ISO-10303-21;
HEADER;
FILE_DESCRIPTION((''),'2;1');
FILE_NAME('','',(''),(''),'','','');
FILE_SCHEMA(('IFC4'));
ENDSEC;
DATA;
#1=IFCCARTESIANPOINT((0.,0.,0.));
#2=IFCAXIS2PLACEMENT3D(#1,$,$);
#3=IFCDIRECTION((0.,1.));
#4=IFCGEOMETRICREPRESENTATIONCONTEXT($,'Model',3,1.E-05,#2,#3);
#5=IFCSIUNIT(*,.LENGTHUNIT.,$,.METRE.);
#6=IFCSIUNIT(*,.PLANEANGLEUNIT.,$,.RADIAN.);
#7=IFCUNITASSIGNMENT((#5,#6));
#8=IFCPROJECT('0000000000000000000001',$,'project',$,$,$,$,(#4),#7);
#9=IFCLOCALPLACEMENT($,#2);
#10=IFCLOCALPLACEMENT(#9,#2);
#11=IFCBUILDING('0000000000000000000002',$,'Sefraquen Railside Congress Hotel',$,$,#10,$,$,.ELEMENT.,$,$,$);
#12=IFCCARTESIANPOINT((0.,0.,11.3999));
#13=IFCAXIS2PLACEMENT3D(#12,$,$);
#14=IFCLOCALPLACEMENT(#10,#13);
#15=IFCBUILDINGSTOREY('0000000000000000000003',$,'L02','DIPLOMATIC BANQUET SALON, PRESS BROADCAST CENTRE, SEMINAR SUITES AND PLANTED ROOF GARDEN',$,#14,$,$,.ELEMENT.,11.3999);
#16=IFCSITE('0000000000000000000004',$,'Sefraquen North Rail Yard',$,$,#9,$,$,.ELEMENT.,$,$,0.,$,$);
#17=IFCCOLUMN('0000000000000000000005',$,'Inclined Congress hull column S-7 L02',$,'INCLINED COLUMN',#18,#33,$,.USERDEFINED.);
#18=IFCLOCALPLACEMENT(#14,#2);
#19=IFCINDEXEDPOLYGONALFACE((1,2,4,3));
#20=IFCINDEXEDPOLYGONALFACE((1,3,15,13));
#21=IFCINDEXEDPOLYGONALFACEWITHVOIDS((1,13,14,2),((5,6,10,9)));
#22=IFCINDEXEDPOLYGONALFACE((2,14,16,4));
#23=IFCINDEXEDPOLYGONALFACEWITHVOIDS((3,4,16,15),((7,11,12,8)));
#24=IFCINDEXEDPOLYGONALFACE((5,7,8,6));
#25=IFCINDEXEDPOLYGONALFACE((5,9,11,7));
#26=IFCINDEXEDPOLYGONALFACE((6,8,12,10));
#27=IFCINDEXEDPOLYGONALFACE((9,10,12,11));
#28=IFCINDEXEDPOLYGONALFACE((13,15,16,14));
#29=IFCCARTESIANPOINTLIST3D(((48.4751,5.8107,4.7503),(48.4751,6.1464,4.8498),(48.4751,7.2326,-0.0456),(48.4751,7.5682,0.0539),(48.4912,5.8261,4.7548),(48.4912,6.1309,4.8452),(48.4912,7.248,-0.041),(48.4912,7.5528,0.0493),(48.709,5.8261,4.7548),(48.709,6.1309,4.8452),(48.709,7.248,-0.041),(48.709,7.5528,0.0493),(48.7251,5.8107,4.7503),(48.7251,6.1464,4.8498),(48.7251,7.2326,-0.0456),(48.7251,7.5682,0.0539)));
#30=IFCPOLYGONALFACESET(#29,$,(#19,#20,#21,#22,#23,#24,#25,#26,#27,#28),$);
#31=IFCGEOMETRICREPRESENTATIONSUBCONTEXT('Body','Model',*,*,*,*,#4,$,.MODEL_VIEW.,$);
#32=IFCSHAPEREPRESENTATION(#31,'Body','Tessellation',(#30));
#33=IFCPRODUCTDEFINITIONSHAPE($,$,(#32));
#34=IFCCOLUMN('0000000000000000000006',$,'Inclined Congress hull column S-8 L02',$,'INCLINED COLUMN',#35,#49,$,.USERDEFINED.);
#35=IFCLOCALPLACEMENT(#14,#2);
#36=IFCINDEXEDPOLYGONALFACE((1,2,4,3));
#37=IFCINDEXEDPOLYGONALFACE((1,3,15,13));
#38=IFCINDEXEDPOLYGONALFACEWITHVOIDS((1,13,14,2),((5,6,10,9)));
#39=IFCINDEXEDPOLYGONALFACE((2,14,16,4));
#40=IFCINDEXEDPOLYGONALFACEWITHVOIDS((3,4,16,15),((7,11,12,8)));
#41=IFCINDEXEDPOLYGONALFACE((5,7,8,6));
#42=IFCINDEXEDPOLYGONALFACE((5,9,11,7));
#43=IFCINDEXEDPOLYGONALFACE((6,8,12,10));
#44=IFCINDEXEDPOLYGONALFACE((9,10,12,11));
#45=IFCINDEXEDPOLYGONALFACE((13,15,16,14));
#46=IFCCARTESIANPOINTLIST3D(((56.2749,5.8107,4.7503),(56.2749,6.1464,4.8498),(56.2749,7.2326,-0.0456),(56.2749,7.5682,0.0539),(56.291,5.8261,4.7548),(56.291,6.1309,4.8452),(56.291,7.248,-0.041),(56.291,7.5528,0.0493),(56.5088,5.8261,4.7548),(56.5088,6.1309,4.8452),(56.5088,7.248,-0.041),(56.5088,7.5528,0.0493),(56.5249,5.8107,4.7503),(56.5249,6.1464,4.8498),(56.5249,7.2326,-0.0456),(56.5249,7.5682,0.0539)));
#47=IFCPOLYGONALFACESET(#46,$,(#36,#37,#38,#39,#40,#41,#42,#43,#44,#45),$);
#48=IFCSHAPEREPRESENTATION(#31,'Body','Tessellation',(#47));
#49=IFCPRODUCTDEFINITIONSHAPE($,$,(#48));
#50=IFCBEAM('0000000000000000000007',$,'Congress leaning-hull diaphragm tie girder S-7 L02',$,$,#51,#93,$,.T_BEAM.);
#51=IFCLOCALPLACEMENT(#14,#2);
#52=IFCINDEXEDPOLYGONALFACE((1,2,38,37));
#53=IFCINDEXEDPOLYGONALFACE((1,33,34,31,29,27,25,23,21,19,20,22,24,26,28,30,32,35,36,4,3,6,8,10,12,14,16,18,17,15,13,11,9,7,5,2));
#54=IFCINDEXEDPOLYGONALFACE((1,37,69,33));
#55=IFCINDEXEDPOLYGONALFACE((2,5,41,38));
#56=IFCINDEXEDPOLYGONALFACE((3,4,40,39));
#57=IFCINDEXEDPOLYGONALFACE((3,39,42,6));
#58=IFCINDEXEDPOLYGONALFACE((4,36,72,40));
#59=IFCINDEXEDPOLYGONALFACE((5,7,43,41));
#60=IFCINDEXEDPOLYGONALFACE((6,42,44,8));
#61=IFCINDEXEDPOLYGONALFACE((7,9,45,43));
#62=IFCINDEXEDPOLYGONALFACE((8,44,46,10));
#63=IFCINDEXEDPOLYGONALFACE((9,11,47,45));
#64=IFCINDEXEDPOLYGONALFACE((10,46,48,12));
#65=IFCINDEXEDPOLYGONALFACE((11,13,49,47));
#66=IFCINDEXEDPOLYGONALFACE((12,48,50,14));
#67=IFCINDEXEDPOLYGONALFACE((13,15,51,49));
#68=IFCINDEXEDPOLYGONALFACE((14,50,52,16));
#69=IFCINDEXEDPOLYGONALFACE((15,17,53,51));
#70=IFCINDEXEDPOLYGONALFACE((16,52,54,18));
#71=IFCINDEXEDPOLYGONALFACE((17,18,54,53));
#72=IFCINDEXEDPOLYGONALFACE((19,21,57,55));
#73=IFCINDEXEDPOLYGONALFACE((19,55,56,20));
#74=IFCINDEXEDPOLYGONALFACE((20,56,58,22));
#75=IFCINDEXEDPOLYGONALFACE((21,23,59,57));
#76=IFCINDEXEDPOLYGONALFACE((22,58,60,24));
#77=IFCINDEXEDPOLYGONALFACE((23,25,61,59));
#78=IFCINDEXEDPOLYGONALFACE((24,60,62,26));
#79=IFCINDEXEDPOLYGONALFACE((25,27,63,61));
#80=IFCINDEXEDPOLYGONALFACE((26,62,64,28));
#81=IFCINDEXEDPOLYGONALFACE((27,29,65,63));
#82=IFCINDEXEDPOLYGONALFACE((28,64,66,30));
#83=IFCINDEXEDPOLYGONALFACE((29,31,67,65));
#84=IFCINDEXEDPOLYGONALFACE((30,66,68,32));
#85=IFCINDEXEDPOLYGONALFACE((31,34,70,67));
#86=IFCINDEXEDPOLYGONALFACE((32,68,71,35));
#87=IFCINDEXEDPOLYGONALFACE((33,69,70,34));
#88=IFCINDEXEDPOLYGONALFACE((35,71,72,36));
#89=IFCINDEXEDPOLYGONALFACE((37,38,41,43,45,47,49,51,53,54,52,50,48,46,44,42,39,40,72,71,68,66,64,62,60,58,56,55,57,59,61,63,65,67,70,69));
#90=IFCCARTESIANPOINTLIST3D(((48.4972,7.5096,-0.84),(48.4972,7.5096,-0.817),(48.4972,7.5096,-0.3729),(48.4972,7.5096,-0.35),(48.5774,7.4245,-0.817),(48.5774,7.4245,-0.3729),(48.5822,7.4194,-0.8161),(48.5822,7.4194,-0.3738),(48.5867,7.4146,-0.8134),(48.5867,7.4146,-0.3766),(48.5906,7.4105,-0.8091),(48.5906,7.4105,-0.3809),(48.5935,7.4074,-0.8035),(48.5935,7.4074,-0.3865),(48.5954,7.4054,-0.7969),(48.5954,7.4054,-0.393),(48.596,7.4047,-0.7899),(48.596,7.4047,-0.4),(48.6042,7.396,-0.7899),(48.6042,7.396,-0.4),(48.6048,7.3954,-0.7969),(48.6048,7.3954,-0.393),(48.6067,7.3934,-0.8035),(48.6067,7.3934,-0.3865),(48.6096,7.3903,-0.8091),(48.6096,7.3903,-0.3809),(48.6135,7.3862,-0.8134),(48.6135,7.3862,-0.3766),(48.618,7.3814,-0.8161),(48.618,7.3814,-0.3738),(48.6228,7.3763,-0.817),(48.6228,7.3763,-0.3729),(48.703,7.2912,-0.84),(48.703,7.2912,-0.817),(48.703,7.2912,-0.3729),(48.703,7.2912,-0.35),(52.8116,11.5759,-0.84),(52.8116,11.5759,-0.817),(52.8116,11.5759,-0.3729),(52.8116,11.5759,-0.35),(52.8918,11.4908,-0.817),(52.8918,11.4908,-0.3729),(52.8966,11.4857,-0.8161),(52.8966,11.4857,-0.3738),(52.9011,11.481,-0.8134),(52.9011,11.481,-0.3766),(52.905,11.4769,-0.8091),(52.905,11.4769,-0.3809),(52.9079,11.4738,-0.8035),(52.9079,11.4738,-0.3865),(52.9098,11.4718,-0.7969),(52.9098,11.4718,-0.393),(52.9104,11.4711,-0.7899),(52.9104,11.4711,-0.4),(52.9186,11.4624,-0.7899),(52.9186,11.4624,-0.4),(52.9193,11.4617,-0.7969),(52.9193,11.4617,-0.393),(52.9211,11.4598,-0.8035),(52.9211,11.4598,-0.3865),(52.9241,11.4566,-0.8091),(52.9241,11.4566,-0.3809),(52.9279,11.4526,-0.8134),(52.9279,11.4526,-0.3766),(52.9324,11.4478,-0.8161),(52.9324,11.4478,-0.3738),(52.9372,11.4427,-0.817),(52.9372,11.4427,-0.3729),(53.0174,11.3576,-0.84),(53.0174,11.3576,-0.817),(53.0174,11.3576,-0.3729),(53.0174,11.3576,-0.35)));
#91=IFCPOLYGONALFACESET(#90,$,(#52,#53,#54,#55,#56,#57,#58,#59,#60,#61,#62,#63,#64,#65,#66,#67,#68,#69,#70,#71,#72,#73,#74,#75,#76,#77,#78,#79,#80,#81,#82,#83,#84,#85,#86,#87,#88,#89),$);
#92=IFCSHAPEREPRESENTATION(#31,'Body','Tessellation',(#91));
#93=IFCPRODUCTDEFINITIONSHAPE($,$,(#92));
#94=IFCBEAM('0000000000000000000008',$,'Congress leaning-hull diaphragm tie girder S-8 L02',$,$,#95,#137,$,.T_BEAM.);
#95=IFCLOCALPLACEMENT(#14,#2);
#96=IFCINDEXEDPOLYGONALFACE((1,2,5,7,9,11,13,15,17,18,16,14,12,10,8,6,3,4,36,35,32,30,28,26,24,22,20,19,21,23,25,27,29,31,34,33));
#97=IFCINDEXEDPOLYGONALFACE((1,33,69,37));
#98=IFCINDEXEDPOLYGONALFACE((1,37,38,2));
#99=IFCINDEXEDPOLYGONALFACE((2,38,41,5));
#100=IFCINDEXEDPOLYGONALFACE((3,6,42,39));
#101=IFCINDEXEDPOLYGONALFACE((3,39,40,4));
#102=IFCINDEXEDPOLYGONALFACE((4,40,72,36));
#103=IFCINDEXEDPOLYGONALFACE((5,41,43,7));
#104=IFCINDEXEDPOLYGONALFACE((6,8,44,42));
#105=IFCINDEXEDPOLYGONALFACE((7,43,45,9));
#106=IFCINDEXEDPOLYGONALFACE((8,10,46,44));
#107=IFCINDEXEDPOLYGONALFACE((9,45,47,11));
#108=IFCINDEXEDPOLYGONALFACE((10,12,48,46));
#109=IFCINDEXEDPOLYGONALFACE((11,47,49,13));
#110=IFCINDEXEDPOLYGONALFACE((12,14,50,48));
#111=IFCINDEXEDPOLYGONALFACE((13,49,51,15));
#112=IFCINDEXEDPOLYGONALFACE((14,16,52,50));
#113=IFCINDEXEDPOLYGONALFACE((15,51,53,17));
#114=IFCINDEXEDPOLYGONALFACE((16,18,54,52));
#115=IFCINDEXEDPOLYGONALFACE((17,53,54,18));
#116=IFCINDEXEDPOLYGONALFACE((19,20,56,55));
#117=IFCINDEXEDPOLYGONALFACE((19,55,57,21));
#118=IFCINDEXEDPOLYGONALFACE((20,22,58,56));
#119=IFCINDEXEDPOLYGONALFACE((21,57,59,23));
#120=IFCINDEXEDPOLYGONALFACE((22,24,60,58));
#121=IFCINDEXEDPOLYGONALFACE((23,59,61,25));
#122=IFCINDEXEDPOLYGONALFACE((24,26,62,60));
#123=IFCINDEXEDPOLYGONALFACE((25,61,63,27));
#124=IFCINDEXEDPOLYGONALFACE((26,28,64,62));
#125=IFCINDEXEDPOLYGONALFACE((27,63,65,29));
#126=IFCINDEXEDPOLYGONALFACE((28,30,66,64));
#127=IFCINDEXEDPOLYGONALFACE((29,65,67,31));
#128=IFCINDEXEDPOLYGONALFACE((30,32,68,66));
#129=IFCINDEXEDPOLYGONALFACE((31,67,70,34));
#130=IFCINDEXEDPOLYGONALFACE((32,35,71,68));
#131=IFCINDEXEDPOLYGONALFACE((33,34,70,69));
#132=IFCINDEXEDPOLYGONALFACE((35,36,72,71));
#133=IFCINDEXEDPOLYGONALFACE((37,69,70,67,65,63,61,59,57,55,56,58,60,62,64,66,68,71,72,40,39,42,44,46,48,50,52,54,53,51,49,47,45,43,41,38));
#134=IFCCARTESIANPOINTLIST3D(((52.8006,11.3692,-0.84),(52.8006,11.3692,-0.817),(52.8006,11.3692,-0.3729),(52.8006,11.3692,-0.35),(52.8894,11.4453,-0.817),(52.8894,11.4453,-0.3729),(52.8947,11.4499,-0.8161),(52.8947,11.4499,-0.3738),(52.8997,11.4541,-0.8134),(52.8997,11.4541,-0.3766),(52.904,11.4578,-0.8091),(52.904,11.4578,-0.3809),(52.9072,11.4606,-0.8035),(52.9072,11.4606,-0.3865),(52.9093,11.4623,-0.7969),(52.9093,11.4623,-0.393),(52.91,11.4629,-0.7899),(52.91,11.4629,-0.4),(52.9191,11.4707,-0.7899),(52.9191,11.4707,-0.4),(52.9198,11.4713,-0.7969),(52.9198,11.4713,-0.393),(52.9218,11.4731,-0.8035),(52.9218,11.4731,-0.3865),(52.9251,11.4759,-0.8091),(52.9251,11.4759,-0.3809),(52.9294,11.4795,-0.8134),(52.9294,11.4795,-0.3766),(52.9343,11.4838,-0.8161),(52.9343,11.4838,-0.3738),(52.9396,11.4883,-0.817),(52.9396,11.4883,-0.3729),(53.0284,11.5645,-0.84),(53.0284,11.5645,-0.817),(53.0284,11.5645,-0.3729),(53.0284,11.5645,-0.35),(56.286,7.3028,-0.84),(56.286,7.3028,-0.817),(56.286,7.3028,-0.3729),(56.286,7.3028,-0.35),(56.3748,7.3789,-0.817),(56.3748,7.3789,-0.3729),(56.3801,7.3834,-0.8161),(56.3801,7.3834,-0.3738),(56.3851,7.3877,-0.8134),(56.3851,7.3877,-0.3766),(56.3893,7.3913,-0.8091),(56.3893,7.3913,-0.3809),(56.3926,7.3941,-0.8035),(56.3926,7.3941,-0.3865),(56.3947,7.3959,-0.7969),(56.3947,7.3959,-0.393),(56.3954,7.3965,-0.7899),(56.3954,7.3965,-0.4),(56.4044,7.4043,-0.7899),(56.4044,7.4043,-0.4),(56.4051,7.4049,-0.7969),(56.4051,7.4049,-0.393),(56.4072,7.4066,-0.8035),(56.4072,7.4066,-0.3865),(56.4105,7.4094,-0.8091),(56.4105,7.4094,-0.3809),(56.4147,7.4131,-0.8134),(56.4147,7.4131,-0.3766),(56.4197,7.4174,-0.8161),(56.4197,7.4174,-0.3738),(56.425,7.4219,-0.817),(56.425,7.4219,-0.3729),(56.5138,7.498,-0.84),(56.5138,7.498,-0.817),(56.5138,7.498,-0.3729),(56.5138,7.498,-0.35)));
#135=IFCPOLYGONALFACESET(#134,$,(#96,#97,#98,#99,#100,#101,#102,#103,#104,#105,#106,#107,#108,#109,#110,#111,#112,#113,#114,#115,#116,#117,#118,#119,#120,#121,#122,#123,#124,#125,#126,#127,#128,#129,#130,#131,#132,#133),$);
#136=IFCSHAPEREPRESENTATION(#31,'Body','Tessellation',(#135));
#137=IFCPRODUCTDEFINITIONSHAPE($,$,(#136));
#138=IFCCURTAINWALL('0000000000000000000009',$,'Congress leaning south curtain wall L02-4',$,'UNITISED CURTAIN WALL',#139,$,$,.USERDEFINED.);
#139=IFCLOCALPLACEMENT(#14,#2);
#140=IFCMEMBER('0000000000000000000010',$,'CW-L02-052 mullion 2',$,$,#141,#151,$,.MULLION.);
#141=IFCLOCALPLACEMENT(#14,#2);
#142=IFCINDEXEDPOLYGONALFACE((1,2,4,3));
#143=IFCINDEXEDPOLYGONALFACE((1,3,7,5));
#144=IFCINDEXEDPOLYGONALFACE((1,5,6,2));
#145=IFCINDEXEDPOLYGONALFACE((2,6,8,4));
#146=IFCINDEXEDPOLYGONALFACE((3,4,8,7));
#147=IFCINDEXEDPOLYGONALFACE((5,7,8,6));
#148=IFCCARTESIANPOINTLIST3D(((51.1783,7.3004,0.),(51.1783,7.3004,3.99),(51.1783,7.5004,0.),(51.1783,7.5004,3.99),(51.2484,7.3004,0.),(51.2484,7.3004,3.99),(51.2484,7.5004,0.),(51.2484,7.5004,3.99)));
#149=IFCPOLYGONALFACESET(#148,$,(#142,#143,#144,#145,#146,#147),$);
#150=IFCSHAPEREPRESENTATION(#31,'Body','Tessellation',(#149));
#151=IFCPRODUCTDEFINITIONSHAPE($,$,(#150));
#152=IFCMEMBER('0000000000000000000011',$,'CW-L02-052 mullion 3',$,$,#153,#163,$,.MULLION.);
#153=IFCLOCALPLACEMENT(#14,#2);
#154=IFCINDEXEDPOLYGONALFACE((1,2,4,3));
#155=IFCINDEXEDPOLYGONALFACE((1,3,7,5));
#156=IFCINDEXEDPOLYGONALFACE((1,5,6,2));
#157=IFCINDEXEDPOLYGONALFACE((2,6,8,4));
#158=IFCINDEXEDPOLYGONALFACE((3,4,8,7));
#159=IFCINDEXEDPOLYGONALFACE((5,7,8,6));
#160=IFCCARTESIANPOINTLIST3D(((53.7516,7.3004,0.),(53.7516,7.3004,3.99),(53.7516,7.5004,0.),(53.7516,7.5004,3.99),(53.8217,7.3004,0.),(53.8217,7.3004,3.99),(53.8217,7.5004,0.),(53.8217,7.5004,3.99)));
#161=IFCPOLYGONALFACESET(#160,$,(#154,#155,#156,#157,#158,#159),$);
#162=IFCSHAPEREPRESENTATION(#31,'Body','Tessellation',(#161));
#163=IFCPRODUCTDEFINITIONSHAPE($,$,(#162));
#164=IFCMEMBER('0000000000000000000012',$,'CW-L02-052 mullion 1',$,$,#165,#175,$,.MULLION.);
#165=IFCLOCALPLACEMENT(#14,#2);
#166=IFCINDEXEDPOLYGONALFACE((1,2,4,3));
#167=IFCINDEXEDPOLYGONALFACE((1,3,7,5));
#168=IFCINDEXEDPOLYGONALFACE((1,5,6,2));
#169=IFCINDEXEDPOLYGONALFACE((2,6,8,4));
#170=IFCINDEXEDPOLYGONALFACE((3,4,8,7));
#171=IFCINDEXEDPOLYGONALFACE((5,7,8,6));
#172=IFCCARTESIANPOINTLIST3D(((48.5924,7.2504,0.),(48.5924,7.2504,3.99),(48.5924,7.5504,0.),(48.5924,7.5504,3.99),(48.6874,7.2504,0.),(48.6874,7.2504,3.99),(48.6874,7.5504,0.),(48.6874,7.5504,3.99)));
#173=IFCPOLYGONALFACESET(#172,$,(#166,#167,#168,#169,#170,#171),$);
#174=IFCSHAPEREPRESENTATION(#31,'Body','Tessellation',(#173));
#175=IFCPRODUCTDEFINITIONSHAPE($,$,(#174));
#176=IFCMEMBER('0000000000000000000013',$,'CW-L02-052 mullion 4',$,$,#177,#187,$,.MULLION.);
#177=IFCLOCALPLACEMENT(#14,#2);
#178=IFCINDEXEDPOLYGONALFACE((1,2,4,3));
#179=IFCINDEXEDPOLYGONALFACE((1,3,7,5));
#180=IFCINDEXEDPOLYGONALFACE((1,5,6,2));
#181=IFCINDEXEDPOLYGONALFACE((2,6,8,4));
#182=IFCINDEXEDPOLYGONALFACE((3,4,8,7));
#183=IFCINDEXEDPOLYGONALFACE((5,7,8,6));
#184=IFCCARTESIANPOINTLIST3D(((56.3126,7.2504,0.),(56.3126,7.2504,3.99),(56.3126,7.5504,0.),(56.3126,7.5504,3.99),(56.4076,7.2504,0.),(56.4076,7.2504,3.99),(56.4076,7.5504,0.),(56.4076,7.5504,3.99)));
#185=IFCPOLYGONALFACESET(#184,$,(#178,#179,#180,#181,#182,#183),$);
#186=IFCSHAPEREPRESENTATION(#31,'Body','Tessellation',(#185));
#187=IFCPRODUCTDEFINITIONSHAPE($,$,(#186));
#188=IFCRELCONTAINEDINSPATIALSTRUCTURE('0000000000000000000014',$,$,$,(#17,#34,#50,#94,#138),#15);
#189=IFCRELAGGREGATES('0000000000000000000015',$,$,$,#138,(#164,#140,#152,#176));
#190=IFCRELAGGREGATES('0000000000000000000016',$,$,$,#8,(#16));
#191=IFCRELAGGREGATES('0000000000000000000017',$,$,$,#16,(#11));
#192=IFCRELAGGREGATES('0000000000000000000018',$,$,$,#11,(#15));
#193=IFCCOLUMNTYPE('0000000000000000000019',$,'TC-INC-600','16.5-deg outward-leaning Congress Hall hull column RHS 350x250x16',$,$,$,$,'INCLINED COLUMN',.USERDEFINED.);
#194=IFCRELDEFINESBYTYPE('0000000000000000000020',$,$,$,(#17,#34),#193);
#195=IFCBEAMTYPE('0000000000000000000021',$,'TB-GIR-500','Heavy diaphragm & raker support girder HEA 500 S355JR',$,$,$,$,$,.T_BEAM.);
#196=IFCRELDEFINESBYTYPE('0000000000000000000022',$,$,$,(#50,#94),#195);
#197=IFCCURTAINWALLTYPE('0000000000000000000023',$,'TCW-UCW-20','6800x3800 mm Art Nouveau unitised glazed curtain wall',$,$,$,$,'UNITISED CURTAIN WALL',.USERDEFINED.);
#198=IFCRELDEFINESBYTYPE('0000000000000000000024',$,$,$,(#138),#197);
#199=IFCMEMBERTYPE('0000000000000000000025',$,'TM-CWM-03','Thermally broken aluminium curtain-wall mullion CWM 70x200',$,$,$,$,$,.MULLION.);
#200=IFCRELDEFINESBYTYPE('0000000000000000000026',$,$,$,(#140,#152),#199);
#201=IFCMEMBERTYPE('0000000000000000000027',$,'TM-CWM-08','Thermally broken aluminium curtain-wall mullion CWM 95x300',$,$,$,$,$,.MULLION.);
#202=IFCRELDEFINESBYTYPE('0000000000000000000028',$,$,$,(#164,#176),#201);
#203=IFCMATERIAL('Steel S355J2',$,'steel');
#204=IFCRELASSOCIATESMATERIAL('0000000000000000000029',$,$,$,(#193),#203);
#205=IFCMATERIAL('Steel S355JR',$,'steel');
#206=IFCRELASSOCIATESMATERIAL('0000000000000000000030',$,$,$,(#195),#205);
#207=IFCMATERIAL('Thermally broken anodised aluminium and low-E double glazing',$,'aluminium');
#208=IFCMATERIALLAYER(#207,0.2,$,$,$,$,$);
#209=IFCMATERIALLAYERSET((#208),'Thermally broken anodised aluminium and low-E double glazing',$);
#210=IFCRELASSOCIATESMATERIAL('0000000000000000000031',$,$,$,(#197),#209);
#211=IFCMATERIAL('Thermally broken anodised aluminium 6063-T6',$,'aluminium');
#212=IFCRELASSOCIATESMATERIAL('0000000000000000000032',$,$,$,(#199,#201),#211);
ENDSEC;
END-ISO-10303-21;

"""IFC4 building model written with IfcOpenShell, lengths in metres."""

from ifc_helpers import new_model, si_unit, direction, frame, origin, origin_2d, place, context, subcontext, project, spatial, rectangle, hollow_rectangle, i_section, extrude, material, layer, layer_set, material_profile, profile_set, type_object, element, aggregate, save


model = new_model("IFC4")

# Units and contexts
model_context = context("Model", 3, precision=1e-05, world=origin(), true_north=direction((0.0, 1.0)))
body_context = subcontext(model_context, "Body", "Model", "MODEL_VIEW")
ifc_project = project(units=[si_unit("LENGTHUNIT", "METRE"), si_unit("PLANEANGLEUNIT", "RADIAN")], contexts=[model_context])

# Site, building, storey
site_placement = place(None, origin())
site = spatial("IfcSite", under=ifc_project, at=site_placement, Name="Sefraquen North Rail Yard", CompositionType="ELEMENT", RefElevation=0.0)
building_placement = place(site_placement, origin())
building = spatial("IfcBuilding", under=site, at=building_placement, Name="Sefraquen Railside Congress Hotel", CompositionType="ELEMENT")
storey_placement = place(building_placement, frame((0.0, 0.0, 11.3999)))
storey = spatial("IfcBuildingStorey", under=building, at=storey_placement, Name="L02", Description="DIPLOMATIC BANQUET SALON, PRESS BROADCAST CENTRE, SEMINAR SUITES AND PLANTED ROOF GARDEN", CompositionType="ELEMENT", Elevation=11.3999)

# Columns
ifc_material_1 = material(Name="Steel S355J2", Category="steel")
ifc_material_profile_1 = material_profile(ifc_material_1, hollow_rectangle(XDim=0.25, YDim=0.3501, WallThickness=0.0161, at=origin_2d()), Name="RHS 350x250x16")
ifc_profile_set_1 = profile_set([ifc_material_profile_1], Name="Steel S355J2")
column_type = type_object("IfcColumnType", Name="TC-INC-600", Description="16.5-deg outward-leaning Congress Hall hull column RHS 350x250x16", ElementType="INCLINED COLUMN", PredefinedType="USERDEFINED", material=ifc_profile_set_1)
for number, where, z_axis, x_axis, name in (
    (1, (48.6001, 7.4004, 0.0042), (0.0, -0.284248, 0.958751), (1.0, 0.0, 0.0), "Inclined Congress hull column S-7 L02"),
    (2, (56.3999, 7.4004, 0.0042), (0.0, -0.284248, 0.958751), (1.0, 0.0, 0.0), "Inclined Congress hull column S-8 L02"),
):
    element("IfcColumn", number, at=place(storey_placement, frame(where, z_axis=z_axis, x_axis=x_axis)), inside=storey, type_object=column_type, Name=name, ObjectType="INCLINED COLUMN", PredefinedType="USERDEFINED", context=body_context, shape_type="SweptSolid", body=[
        extrude(hollow_rectangle(XDim=0.25, YDim=0.3501, WallThickness=0.0161, at=origin_2d()), origin(), (0.0, 0.0, 1.0), 5.0022),
    ])

# Beams
ifc_material_2 = material(Name="Steel S355JR", Category="steel")
ifc_material_profile_2 = material_profile(ifc_material_2, i_section(OverallWidth=0.3, OverallDepth=0.49, WebThickness=0.012, FlangeThickness=0.0229, FilletRadius=0.0271, at=origin_2d()), Name="HEA 500")
ifc_profile_set_2 = profile_set([ifc_material_profile_2], Name="Steel S355JR")
beam_type = type_object("IfcBeamType", Name="TB-GIR-500", Description="Heavy diaphragm & raker support girder HEA 500 S355JR", PredefinedType="T_BEAM", material=ifc_profile_set_2)
beam_1_placement = place(storey_placement, frame((48.6001, 7.4004, -0.595), z_axis=(0.727716, 0.685878, 0.0), x_axis=(-0.685878, 0.727716, 0.0)))
element("IfcBeam", 3, at=beam_1_placement, inside=storey, type_object=beam_type, Name="Congress leaning-hull diaphragm tie girder S-7 L02", PredefinedType="T_BEAM", context=body_context, shape_type="SweptSolid", body=[
    extrude(i_section(OverallWidth=0.3, OverallDepth=0.49, WebThickness=0.012, FlangeThickness=0.0229, FilletRadius=0.0271, at=origin_2d()), origin(), (0.0, 0.0, 1.0), 5.9287),
])
beam_2_placement = place(storey_placement, frame((56.3999, 7.4004, -0.595), z_axis=(-0.650776, 0.759269, 0.0), x_axis=(-0.759269, -0.650776, 0.0)))
element("IfcBeam", 4, at=beam_2_placement, inside=storey, type_object=beam_type, Name="Congress leaning-hull diaphragm tie girder S-8 L02", PredefinedType="T_BEAM", context=body_context, shape_type="SweptSolid", body=[
    extrude(i_section(OverallWidth=0.3, OverallDepth=0.49, WebThickness=0.012, FlangeThickness=0.0229, FilletRadius=0.0271, at=origin_2d()), origin(), (0.0, 0.0, 1.0), 5.3557),
])

# Curtain wall, members
ifc_material_3 = material(Name="Thermally broken anodised aluminium and low-E double glazing", Category="aluminium")
ifc_layer_1 = layer(ifc_material_3, 0.2)
ifc_layer_set_1 = layer_set([ifc_layer_1], Name="Thermally broken anodised aluminium and low-E double glazing")
curtain_wall_type_1 = type_object("IfcCurtainWallType", Name="TCW-UCW-20", Description="6800x3800 mm Art Nouveau unitised glazed curtain wall", ElementType="UNITISED CURTAIN WALL", PredefinedType="USERDEFINED", material=ifc_layer_set_1)
curtain_wall_1_placement = place(storey_placement, origin())
curtain_wall_1 = element("IfcCurtainWall", 5, at=curtain_wall_1_placement, inside=storey, type_object=curtain_wall_type_1, Name="Congress leaning south curtain wall L02-4", ObjectType="UNITISED CURTAIN WALL", PredefinedType="USERDEFINED")
ifc_material_4 = material(Name="Thermally broken anodised aluminium 6063-T6", Category="aluminium")
ifc_material_profile_3 = material_profile(ifc_material_4, rectangle(XDim=0.0701, YDim=0.2, at=origin_2d()), Name="CWM 70x200")
ifc_profile_set_3 = profile_set([ifc_material_profile_3], Name="Thermally broken anodised aluminium 6063-T6")
member_type_1 = type_object("IfcMemberType", Name="TM-CWM-03", Description="Thermally broken aluminium curtain-wall mullion CWM 70x200", PredefinedType="MULLION", material=ifc_profile_set_3)
member_1_placement = place(storey_placement, frame((51.2134, 7.4004, 0.0), z_axis=(0.0, 0.0, 1.0), x_axis=(1.0, 0.0, 0.0)))
member_1 = element("IfcMember", 6, at=member_1_placement, type_object=member_type_1, Name="CW-L02-052 mullion 2", PredefinedType="MULLION", context=body_context, shape_type="SweptSolid", body=[
    extrude(rectangle(XDim=0.0701, YDim=0.2, at=origin_2d()), origin(), (0.0, 0.0, 1.0), 3.99),
])
member_2_placement = place(storey_placement, frame((53.7866, 7.4004, 0.0), z_axis=(0.0, 0.0, 1.0), x_axis=(1.0, 0.0, 0.0)))
member_2 = element("IfcMember", 7, at=member_2_placement, type_object=member_type_1, Name="CW-L02-052 mullion 3", PredefinedType="MULLION", context=body_context, shape_type="SweptSolid", body=[
    extrude(rectangle(XDim=0.0701, YDim=0.2, at=origin_2d()), origin(), (0.0, 0.0, 1.0), 3.99),
])
ifc_material_profile_4 = material_profile(ifc_material_4, rectangle(XDim=0.095, YDim=0.3, at=origin_2d()), Name="CWM 95x300")
ifc_profile_set_4 = profile_set([ifc_material_profile_4], Name="Thermally broken anodised aluminium 6063-T6")
member_type_2 = type_object("IfcMemberType", Name="TM-CWM-08", Description="Thermally broken aluminium curtain-wall mullion CWM 95x300", PredefinedType="MULLION", material=ifc_profile_set_4)
member_3_placement = place(storey_placement, frame((48.6399, 7.4004, 0.0), z_axis=(0.0, 0.0, 1.0), x_axis=(1.0, 0.0, 0.0)))
member_3 = element("IfcMember", 8, at=member_3_placement, type_object=member_type_2, Name="CW-L02-052 mullion 1", PredefinedType="MULLION", context=body_context, shape_type="SweptSolid", body=[
    extrude(rectangle(XDim=0.095, YDim=0.3, at=origin_2d()), origin(), (0.0, 0.0, 1.0), 3.99),
])
member_4_placement = place(storey_placement, frame((56.3601, 7.4004, 0.0), z_axis=(0.0, 0.0, 1.0), x_axis=(1.0, 0.0, 0.0)))
member_4 = element("IfcMember", 9, at=member_4_placement, type_object=member_type_2, Name="CW-L02-052 mullion 4", PredefinedType="MULLION", context=body_context, shape_type="SweptSolid", body=[
    extrude(rectangle(XDim=0.095, YDim=0.3, at=origin_2d()), origin(), (0.0, 0.0, 1.0), 3.99),
])

aggregate(curtain_wall_1, [member_3, member_1, member_2, member_4])

save(model, "model.ifc")
